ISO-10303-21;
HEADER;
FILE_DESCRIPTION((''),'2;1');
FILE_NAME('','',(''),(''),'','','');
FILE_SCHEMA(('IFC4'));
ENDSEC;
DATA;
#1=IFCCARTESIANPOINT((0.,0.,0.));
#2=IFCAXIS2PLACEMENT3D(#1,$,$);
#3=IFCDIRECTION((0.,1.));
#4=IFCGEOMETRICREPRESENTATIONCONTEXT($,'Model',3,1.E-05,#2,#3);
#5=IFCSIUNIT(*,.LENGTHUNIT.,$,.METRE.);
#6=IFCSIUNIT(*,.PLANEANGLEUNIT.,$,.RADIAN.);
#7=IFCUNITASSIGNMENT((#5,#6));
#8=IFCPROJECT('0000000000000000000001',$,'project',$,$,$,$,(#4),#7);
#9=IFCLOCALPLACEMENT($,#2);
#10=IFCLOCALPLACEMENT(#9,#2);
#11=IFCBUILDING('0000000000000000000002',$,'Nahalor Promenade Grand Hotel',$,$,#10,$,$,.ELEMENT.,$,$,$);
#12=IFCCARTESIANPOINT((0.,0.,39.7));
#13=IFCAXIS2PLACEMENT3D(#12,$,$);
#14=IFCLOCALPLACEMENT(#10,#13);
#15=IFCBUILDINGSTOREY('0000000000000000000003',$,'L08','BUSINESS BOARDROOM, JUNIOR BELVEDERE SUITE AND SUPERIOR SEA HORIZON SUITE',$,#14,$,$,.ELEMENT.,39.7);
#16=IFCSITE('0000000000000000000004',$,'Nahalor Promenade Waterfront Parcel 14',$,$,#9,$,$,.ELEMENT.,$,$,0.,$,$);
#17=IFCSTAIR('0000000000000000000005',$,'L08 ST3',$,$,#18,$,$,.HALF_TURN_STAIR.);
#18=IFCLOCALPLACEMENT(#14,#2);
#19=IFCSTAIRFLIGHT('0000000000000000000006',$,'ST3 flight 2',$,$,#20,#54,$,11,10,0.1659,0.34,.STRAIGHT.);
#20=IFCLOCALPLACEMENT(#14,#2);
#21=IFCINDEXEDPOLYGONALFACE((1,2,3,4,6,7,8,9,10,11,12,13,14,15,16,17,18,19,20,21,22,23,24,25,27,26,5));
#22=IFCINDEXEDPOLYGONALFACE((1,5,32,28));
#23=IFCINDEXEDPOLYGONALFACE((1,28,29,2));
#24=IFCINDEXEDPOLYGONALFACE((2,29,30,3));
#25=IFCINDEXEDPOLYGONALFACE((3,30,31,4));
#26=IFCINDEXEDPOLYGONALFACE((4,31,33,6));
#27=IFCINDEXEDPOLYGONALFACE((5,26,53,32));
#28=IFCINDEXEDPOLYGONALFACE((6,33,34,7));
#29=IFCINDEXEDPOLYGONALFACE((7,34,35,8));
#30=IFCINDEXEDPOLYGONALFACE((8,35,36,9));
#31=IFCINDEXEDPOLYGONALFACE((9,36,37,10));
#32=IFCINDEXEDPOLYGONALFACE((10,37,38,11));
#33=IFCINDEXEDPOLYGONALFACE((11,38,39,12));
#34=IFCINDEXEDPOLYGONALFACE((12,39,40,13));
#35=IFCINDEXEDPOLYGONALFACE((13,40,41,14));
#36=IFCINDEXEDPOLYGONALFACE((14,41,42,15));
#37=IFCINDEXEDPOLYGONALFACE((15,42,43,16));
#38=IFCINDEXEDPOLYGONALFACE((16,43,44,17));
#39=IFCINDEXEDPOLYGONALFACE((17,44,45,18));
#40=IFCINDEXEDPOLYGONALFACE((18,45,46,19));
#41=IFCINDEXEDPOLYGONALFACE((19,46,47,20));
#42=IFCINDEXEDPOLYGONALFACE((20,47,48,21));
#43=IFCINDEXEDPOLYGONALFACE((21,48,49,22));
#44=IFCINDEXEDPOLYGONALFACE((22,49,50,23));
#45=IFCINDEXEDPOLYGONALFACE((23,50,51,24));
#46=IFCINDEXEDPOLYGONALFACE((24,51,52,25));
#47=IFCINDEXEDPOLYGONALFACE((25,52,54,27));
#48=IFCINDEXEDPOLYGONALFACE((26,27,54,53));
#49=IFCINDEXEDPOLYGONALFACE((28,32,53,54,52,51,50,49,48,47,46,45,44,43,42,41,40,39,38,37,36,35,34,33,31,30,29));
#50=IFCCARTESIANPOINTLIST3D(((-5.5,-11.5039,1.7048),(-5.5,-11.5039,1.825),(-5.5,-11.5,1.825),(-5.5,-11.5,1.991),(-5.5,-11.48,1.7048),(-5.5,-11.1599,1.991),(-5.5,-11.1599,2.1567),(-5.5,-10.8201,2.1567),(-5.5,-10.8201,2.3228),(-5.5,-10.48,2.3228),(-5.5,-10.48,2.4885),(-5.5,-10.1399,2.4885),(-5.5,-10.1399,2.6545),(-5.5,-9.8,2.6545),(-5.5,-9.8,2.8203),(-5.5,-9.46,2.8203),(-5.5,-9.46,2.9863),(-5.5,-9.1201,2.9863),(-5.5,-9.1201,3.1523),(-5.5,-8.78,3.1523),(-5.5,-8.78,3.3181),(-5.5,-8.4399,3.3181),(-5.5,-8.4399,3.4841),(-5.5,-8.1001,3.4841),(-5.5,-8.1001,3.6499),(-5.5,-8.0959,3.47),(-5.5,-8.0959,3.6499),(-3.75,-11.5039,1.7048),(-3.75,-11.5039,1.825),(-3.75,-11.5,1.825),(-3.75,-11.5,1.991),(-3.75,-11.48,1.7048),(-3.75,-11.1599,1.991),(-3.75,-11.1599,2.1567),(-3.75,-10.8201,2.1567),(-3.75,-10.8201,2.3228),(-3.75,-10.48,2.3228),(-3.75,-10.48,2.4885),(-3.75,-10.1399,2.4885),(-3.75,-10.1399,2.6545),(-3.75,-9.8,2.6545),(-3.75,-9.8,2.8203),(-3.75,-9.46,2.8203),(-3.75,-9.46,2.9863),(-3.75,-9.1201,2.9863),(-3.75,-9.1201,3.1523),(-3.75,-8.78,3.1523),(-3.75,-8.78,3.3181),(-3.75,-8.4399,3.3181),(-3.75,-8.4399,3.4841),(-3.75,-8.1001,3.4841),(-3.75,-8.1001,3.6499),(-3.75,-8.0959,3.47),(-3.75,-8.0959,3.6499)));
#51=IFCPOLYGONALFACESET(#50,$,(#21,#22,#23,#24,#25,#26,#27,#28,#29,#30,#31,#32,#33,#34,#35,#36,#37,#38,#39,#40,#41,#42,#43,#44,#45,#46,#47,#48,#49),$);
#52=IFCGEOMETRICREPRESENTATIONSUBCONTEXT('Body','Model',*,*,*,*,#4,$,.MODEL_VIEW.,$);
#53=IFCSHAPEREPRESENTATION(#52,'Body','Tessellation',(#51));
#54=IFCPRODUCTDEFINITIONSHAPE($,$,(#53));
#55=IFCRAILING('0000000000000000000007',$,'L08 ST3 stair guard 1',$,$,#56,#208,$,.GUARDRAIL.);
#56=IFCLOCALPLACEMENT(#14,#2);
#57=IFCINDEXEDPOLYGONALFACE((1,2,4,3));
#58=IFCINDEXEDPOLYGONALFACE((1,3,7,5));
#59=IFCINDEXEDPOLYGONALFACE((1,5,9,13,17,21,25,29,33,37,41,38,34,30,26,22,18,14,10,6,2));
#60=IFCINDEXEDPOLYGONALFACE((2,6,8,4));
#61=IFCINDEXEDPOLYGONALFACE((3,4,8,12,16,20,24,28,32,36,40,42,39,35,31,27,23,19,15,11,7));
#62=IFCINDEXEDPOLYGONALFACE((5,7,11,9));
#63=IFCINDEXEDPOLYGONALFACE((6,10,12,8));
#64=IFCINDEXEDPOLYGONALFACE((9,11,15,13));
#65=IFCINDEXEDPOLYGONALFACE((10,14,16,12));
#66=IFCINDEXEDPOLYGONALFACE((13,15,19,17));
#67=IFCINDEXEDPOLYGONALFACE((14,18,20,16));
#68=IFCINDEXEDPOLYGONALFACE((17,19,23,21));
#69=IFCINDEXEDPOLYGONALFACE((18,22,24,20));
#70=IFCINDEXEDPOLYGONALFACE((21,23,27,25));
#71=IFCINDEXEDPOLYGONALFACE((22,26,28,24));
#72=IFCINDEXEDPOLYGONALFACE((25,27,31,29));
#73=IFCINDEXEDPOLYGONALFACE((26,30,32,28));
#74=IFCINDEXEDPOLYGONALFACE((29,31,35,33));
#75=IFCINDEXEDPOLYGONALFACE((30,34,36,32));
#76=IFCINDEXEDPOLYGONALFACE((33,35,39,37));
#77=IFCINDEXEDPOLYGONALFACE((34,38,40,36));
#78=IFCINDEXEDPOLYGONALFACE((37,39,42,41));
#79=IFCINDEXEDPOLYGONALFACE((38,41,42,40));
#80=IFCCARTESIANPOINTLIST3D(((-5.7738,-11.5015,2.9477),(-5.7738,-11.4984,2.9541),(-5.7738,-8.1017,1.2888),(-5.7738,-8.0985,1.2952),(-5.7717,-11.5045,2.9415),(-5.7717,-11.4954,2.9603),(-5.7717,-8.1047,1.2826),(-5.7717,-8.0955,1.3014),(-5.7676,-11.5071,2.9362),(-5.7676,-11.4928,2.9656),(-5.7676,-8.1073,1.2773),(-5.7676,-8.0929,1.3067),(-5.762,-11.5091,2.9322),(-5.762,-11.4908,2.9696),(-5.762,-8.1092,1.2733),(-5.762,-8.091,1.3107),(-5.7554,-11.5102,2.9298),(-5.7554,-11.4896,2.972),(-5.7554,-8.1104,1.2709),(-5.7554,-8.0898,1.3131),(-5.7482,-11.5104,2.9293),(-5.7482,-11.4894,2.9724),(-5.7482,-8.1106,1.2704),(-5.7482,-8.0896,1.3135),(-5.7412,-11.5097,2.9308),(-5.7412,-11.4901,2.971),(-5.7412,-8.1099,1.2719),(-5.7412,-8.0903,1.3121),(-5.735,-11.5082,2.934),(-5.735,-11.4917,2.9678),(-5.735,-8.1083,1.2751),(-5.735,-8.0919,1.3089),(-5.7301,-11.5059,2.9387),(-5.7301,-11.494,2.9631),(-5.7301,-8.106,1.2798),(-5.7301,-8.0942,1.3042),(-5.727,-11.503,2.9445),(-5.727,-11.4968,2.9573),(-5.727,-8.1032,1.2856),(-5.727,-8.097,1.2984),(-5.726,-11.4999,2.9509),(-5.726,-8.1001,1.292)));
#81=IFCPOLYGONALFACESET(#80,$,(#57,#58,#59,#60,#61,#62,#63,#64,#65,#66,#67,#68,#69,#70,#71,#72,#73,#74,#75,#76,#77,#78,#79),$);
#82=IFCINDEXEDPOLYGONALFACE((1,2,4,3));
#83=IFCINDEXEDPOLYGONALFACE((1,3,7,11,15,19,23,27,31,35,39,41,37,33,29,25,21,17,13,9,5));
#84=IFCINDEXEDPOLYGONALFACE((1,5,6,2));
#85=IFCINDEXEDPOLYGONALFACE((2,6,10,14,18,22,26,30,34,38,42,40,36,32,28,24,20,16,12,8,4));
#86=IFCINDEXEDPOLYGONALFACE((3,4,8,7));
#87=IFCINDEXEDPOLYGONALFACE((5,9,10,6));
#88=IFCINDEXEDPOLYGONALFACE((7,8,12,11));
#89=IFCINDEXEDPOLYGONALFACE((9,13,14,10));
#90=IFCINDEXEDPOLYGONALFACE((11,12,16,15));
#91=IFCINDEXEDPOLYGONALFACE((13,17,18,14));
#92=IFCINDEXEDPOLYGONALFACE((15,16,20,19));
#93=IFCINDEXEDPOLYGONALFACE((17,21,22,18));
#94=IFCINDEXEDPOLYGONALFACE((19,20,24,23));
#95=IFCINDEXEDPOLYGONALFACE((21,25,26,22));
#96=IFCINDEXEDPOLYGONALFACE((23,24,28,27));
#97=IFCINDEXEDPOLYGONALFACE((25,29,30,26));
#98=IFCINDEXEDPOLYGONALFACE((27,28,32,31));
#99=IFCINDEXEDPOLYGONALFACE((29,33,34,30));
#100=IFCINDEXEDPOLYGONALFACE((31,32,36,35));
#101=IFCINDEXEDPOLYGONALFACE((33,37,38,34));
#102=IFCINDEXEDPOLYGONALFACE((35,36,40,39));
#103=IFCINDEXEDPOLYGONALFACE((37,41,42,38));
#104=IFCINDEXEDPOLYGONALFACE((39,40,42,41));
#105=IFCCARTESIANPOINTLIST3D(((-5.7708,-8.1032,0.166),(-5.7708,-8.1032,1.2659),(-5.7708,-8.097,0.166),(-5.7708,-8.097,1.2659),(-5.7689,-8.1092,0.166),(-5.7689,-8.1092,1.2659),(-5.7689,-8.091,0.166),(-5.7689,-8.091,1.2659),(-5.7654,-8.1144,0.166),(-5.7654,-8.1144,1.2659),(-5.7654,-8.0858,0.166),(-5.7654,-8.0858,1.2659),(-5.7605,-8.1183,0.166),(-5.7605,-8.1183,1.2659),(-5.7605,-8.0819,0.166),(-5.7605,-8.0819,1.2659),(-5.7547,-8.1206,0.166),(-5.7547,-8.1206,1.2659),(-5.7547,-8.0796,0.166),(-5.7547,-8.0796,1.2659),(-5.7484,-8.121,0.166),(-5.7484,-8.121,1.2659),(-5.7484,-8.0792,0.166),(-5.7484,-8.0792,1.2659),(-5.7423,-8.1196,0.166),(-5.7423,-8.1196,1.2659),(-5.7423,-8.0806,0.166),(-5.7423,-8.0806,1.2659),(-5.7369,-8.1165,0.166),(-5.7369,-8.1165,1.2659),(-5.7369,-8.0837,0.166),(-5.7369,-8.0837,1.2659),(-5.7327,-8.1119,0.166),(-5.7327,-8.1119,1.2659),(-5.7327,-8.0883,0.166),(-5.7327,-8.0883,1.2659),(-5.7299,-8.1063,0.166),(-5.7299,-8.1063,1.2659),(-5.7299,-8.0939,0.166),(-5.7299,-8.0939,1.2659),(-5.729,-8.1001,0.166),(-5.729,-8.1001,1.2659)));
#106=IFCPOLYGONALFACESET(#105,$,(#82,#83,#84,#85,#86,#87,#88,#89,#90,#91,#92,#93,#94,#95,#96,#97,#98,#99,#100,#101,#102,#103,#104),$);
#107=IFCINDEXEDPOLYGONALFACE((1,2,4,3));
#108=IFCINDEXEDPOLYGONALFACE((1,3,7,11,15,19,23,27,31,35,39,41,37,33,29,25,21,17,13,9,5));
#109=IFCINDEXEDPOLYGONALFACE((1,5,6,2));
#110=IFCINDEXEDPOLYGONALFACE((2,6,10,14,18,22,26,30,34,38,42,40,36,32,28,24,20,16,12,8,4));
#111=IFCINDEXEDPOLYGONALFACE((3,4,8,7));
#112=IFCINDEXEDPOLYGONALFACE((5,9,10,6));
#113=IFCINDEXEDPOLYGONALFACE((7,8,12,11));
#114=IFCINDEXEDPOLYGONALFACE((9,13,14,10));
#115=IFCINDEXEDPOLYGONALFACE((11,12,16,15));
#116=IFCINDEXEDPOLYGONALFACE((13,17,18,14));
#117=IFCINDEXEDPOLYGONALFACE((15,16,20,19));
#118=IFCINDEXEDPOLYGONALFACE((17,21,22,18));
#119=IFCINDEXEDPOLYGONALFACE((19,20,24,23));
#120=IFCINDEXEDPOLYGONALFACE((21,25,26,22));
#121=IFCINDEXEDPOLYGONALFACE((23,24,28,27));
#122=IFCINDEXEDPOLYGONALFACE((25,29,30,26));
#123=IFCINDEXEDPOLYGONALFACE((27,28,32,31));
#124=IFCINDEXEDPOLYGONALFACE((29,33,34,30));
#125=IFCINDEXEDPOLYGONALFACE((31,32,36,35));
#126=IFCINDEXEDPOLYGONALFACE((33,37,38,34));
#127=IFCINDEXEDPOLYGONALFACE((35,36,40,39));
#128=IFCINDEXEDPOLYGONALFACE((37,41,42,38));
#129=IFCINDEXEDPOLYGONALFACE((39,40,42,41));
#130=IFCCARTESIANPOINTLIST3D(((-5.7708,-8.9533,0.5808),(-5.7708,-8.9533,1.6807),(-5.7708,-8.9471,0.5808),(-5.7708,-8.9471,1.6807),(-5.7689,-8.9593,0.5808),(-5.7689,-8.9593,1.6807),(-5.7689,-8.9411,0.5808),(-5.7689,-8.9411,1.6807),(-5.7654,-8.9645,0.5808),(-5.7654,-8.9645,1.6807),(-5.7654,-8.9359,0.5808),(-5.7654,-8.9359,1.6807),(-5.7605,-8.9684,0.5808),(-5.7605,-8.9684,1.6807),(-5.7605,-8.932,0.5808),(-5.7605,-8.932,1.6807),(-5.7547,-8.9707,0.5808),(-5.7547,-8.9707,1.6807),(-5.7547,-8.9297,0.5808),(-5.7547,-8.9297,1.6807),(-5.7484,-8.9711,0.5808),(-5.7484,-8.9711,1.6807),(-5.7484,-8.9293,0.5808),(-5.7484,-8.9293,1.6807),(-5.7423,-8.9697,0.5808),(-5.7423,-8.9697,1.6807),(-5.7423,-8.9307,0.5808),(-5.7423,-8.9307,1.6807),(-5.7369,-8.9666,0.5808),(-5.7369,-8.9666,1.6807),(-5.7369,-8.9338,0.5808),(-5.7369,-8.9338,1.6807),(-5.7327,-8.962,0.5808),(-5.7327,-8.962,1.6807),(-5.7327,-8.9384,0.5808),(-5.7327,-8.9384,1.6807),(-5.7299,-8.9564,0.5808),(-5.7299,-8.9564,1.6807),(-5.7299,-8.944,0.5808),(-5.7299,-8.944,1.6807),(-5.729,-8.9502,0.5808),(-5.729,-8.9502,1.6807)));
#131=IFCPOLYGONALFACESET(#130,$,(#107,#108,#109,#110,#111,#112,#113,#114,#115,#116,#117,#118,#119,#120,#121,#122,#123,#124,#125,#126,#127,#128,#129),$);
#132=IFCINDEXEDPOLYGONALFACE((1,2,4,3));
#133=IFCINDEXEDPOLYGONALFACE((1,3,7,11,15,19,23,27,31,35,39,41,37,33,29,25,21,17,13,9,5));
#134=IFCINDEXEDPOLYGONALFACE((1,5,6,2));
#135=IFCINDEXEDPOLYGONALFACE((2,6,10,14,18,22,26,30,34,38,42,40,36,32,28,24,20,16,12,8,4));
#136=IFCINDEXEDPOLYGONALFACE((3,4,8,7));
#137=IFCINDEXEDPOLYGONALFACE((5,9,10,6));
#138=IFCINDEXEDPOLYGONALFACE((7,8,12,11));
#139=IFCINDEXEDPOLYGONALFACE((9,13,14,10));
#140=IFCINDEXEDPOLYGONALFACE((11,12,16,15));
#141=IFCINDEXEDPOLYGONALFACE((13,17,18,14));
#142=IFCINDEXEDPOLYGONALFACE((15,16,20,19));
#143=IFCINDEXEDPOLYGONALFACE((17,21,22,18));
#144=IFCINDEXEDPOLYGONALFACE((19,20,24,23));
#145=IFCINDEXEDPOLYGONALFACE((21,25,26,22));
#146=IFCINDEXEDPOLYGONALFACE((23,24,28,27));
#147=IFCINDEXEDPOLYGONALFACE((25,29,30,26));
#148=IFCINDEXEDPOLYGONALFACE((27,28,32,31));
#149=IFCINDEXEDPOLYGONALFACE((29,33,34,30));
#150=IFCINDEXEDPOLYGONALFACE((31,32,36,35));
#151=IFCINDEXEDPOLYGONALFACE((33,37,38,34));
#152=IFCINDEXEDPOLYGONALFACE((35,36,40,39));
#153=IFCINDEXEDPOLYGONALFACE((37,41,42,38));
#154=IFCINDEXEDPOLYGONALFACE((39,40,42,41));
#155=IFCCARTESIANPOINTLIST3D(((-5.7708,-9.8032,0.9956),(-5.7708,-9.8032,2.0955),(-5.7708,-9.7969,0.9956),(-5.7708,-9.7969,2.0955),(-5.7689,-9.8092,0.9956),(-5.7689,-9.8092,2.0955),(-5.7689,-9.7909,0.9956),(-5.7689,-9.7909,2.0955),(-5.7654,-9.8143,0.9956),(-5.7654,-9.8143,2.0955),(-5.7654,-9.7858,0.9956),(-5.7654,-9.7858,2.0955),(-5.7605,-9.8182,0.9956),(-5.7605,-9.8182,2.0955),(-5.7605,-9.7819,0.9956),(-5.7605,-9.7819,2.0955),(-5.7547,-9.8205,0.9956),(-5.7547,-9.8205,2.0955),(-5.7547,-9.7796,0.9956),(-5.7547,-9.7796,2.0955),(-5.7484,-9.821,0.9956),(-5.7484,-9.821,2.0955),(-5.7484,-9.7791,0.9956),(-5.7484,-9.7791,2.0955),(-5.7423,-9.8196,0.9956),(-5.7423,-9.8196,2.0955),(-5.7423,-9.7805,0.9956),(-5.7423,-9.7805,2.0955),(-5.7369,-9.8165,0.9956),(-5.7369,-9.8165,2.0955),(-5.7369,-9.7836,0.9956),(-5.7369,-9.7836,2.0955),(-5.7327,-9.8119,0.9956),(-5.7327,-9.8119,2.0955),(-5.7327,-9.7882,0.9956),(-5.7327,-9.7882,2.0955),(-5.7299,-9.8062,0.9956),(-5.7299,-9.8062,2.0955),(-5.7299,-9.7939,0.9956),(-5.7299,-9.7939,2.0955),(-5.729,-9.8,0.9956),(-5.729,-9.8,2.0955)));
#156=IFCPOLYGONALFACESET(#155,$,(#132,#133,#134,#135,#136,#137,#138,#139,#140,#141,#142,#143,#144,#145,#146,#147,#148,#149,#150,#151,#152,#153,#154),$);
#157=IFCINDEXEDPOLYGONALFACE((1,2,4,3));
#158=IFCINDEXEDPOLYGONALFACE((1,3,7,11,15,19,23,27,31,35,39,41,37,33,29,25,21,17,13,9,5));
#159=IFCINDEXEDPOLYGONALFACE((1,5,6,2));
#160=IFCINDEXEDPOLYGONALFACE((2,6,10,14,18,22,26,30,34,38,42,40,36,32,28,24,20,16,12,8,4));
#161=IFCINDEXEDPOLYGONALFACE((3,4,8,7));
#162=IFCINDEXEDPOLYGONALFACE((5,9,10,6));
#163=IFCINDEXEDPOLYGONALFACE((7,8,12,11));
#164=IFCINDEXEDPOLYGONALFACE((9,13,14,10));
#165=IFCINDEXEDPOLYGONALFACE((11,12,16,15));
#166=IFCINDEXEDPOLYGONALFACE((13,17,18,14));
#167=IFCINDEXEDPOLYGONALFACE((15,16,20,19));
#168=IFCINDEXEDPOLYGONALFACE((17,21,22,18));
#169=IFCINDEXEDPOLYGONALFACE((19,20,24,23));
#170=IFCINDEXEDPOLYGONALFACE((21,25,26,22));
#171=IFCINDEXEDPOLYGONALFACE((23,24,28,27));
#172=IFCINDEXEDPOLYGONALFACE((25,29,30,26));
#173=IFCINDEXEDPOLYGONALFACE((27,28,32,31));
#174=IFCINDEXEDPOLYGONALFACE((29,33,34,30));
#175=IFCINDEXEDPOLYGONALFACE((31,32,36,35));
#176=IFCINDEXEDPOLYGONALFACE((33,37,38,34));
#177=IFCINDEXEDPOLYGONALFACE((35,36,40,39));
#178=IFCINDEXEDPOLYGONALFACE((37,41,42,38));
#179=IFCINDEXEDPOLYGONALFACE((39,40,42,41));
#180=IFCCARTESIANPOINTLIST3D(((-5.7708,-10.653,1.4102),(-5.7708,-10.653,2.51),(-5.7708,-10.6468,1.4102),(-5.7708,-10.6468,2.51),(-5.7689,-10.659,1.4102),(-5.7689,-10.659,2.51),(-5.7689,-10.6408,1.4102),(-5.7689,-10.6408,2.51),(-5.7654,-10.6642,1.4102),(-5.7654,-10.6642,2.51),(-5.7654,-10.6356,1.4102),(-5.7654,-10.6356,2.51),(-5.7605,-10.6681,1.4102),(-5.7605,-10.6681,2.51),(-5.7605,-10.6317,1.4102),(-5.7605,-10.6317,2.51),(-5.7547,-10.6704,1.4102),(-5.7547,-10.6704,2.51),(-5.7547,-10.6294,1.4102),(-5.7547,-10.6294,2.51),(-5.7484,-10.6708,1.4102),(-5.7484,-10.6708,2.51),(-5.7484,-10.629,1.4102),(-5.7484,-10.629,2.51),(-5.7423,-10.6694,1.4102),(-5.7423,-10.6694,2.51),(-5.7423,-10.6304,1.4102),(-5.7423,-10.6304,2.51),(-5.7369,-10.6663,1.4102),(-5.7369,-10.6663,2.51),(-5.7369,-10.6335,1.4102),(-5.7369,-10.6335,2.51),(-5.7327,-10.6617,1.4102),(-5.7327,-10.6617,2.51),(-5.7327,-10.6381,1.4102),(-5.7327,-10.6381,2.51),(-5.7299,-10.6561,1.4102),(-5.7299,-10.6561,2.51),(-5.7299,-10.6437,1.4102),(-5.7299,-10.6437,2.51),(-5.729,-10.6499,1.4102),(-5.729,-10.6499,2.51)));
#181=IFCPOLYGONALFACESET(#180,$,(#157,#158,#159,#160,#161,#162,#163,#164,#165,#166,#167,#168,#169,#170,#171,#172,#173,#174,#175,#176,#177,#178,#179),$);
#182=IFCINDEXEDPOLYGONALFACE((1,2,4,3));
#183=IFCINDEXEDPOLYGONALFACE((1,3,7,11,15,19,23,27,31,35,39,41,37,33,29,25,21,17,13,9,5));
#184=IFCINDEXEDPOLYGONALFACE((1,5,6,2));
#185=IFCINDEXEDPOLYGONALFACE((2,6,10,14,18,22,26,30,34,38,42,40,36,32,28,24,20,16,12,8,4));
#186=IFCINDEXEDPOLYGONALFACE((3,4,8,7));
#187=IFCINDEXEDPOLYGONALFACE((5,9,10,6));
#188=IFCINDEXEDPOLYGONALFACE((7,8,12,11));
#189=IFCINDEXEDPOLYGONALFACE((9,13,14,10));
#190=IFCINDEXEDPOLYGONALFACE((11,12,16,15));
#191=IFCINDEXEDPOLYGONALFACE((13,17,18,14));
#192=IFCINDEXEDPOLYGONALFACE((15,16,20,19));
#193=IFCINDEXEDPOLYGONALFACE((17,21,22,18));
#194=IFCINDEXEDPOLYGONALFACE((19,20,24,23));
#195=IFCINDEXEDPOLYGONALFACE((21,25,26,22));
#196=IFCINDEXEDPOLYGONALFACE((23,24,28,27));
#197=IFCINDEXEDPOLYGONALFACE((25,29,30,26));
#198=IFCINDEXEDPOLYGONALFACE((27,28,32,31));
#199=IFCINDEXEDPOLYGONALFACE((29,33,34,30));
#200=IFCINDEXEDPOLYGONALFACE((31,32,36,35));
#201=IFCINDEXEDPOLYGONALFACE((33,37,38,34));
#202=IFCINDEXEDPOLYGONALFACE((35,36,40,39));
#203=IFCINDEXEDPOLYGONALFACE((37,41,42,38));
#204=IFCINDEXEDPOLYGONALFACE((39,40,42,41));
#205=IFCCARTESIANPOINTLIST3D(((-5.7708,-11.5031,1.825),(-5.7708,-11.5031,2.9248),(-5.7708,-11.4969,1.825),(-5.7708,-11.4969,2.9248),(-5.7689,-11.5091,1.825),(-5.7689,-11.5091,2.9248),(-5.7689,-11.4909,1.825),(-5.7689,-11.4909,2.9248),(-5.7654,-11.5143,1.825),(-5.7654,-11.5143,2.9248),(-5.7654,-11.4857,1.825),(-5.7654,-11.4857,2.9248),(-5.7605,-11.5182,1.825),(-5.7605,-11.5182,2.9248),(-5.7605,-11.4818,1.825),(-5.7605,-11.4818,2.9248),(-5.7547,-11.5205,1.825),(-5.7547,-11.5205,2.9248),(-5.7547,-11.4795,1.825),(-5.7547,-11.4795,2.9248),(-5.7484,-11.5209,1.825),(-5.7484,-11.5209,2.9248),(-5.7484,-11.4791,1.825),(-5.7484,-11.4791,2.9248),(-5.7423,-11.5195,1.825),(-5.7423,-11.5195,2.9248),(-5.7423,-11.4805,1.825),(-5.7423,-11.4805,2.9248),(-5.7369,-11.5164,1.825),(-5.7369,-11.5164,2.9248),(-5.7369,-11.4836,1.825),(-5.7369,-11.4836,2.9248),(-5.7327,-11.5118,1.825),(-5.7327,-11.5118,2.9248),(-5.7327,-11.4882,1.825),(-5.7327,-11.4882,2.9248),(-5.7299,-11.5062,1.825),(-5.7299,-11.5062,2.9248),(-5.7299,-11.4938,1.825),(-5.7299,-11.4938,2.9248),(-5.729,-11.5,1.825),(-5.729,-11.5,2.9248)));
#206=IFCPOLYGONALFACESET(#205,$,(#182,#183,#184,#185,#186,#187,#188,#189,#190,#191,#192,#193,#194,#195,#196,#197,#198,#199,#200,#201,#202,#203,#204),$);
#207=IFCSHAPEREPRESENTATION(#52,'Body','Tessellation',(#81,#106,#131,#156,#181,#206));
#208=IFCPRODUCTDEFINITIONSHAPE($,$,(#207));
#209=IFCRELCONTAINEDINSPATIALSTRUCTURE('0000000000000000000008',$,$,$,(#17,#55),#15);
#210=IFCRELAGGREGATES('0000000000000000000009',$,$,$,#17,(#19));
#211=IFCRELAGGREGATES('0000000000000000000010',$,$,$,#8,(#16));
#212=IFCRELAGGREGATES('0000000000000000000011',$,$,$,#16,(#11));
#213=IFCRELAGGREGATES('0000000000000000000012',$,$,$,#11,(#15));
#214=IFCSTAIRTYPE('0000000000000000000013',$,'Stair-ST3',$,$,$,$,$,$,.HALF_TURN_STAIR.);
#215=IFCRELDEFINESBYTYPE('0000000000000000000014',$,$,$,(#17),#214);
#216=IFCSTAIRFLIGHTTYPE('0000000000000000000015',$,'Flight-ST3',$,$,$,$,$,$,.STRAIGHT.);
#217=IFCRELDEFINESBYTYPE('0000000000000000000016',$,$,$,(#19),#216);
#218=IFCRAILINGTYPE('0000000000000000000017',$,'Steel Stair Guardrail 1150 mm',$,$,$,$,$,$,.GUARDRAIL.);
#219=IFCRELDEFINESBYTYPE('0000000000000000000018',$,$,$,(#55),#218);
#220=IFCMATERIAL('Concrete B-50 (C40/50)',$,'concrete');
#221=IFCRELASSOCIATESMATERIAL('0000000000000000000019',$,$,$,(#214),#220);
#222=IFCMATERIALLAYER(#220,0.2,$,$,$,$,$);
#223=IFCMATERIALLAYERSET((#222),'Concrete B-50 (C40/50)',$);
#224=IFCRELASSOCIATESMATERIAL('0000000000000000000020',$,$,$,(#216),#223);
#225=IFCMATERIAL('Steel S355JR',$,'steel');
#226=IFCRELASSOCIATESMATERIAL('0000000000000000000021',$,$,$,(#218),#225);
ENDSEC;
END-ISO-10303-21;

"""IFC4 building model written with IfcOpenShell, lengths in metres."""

from ifc_helpers import new_model, si_unit, direction, frame, origin, origin_2d, place, context, subcontext, project, spatial, polyline, circle, outline, extrude, source, transform, mapped, material, layer, layer_set, type_object, element, aggregate, save


model = new_model("IFC4")

# Units and contexts
model_context = context("Model", 3, precision=1e-05, world=origin(), true_north=direction((0.0, 1.0)))
body_context = subcontext(model_context, "Body", "Model", "MODEL_VIEW")
ifc_project = project(units=[si_unit("LENGTHUNIT", "METRE"), si_unit("PLANEANGLEUNIT", "RADIAN")], contexts=[model_context])

# Site, building, storey
site_placement = place(None, origin())
site = spatial("IfcSite", under=ifc_project, at=site_placement, Name="Nahalor Promenade Waterfront Parcel 14", CompositionType="ELEMENT", RefElevation=0.0)
building_placement = place(site_placement, origin())
building = spatial("IfcBuilding", under=site, at=building_placement, Name="Nahalor Promenade Grand Hotel", CompositionType="ELEMENT")
storey_placement = place(building_placement, frame((0.0, 0.0, 39.7)))
storey = spatial("IfcBuildingStorey", under=building, at=storey_placement, Name="L08", Description="BUSINESS BOARDROOM, JUNIOR BELVEDERE SUITE AND SUPERIOR SEA HORIZON SUITE", CompositionType="ELEMENT", Elevation=39.7)

# Shared definitions
ifc_material_1 = material(Name="Steel S355JR", Category="steel")

# Shared definitions
ifc_material_2 = material(Name="Concrete B-50 (C40/50)", Category="concrete")

# Stair, stair flight
stair_type = type_object("IfcStairType", Name="Stair-ST3", PredefinedType="HALF_TURN_STAIR", material=ifc_material_2)
stair_placement = place(storey_placement, origin())
stair = element("IfcStair", 1, at=stair_placement, inside=storey, type_object=stair_type, Name="L08 ST3", PredefinedType="HALF_TURN_STAIR")
ifc_layer_1 = layer(ifc_material_2, 0.2)
ifc_layer_set_1 = layer_set([ifc_layer_1], Name="Concrete B-50 (C40/50)")
stair_flight_type = type_object("IfcStairFlightType", Name="Flight-ST3", PredefinedType="STRAIGHT", material=ifc_layer_set_1)
shared_shape_1 = source(origin(), body_context, "Body", "SweptSolid", [
    extrude(outline(polyline([(-0.0039, -0.1201), (-0.0039, 0.0), (0.0, 0.0), (0.0, 0.166), (0.3401, 0.166), (0.3401, 0.3318), (0.6799, 0.3318), (0.6799, 0.4978), (1.02, 0.4978), (1.02, 0.6636), (1.3601, 0.6636), (1.3601, 0.8296), (1.7, 0.8296), (1.7, 0.9954), (2.04, 0.9954), (2.04, 1.1614), (2.3799, 1.1614), (2.3799, 1.3274), (2.72, 1.3274), (2.72, 1.4932), (3.0601, 1.4932), (3.0601, 1.6592), (3.3999, 1.6592), (3.3999, 1.825), (3.4041, 1.825), (3.4041, 1.645), (0.02, -0.1201), (-0.0039, -0.1201)])), frame((0.0, 0.875, 0.0), z_axis=(0.0, -1.0, 0.0), x_axis=(1.0, 0.0, 0.0)), (0.0, 0.0, 1.0), 1.75),
])
stair_flight_1_placement = place(storey_placement, frame((-4.625, -11.5, 1.825), z_axis=(0.0, 0.0, 1.0), x_axis=(0.0, 1.0, 0.0)))
stair_flight_1 = element("IfcStairFlight", 2, at=stair_flight_1_placement, type_object=stair_flight_type, Name="ST3 flight 2", NumberOfRisers=11, NumberOfTreads=10, PredefinedType="STRAIGHT", RiserHeight=0.1659, TreadLength=0.34, context=body_context, shape_type="MappedRepresentation", body=[
    mapped(shared_shape_1, transform((0.0, 0.0, 0.0), scale=1.0)),
])
aggregate(stair, [stair_flight_1])

# Railing
railing_type_1 = type_object("IfcRailingType", Name="Steel Stair Guardrail 1150 mm", PredefinedType="GUARDRAIL", material=ifc_material_1)
railing_1_placement = place(storey_placement, frame((-5.75, -8.1001, 0.166)))
element("IfcRailing", 3, at=railing_1_placement, inside=storey, type_object=railing_type_1, Name="L08 ST3 stair guard 1", PredefinedType="GUARDRAIL", context=body_context, shape_type="SweptSolid", body=[
    extrude(circle(Radius=0.024, at=origin_2d()), frame((0.0, 0.0, 1.126), z_axis=(0.0, -0.898722, 0.438519), x_axis=(1.0, 0.0, 0.0)), (0.0, 0.0, 1.0), 3.783),
    extrude(circle(Radius=0.021, at=origin_2d()), origin(), (0.0, 0.0, 1.0), 1.0999),
    extrude(circle(Radius=0.021, at=origin_2d()), frame((0.0, -0.8501, 0.4148)), (0.0, 0.0, 1.0), 1.0999),
    extrude(circle(Radius=0.021, at=origin_2d()), frame((0.0, -1.7, 0.8296)), (0.0, 0.0, 1.0), 1.0999),
    extrude(circle(Radius=0.021, at=origin_2d()), frame((0.0, -2.5498, 1.2441)), (0.0, 0.0, 1.0), 1.0999),
    extrude(circle(Radius=0.021, at=origin_2d()), frame((0.0, -3.3999, 1.6589)), (0.0, 0.0, 1.0), 1.0999),
])

save(model, "model.ifc")
